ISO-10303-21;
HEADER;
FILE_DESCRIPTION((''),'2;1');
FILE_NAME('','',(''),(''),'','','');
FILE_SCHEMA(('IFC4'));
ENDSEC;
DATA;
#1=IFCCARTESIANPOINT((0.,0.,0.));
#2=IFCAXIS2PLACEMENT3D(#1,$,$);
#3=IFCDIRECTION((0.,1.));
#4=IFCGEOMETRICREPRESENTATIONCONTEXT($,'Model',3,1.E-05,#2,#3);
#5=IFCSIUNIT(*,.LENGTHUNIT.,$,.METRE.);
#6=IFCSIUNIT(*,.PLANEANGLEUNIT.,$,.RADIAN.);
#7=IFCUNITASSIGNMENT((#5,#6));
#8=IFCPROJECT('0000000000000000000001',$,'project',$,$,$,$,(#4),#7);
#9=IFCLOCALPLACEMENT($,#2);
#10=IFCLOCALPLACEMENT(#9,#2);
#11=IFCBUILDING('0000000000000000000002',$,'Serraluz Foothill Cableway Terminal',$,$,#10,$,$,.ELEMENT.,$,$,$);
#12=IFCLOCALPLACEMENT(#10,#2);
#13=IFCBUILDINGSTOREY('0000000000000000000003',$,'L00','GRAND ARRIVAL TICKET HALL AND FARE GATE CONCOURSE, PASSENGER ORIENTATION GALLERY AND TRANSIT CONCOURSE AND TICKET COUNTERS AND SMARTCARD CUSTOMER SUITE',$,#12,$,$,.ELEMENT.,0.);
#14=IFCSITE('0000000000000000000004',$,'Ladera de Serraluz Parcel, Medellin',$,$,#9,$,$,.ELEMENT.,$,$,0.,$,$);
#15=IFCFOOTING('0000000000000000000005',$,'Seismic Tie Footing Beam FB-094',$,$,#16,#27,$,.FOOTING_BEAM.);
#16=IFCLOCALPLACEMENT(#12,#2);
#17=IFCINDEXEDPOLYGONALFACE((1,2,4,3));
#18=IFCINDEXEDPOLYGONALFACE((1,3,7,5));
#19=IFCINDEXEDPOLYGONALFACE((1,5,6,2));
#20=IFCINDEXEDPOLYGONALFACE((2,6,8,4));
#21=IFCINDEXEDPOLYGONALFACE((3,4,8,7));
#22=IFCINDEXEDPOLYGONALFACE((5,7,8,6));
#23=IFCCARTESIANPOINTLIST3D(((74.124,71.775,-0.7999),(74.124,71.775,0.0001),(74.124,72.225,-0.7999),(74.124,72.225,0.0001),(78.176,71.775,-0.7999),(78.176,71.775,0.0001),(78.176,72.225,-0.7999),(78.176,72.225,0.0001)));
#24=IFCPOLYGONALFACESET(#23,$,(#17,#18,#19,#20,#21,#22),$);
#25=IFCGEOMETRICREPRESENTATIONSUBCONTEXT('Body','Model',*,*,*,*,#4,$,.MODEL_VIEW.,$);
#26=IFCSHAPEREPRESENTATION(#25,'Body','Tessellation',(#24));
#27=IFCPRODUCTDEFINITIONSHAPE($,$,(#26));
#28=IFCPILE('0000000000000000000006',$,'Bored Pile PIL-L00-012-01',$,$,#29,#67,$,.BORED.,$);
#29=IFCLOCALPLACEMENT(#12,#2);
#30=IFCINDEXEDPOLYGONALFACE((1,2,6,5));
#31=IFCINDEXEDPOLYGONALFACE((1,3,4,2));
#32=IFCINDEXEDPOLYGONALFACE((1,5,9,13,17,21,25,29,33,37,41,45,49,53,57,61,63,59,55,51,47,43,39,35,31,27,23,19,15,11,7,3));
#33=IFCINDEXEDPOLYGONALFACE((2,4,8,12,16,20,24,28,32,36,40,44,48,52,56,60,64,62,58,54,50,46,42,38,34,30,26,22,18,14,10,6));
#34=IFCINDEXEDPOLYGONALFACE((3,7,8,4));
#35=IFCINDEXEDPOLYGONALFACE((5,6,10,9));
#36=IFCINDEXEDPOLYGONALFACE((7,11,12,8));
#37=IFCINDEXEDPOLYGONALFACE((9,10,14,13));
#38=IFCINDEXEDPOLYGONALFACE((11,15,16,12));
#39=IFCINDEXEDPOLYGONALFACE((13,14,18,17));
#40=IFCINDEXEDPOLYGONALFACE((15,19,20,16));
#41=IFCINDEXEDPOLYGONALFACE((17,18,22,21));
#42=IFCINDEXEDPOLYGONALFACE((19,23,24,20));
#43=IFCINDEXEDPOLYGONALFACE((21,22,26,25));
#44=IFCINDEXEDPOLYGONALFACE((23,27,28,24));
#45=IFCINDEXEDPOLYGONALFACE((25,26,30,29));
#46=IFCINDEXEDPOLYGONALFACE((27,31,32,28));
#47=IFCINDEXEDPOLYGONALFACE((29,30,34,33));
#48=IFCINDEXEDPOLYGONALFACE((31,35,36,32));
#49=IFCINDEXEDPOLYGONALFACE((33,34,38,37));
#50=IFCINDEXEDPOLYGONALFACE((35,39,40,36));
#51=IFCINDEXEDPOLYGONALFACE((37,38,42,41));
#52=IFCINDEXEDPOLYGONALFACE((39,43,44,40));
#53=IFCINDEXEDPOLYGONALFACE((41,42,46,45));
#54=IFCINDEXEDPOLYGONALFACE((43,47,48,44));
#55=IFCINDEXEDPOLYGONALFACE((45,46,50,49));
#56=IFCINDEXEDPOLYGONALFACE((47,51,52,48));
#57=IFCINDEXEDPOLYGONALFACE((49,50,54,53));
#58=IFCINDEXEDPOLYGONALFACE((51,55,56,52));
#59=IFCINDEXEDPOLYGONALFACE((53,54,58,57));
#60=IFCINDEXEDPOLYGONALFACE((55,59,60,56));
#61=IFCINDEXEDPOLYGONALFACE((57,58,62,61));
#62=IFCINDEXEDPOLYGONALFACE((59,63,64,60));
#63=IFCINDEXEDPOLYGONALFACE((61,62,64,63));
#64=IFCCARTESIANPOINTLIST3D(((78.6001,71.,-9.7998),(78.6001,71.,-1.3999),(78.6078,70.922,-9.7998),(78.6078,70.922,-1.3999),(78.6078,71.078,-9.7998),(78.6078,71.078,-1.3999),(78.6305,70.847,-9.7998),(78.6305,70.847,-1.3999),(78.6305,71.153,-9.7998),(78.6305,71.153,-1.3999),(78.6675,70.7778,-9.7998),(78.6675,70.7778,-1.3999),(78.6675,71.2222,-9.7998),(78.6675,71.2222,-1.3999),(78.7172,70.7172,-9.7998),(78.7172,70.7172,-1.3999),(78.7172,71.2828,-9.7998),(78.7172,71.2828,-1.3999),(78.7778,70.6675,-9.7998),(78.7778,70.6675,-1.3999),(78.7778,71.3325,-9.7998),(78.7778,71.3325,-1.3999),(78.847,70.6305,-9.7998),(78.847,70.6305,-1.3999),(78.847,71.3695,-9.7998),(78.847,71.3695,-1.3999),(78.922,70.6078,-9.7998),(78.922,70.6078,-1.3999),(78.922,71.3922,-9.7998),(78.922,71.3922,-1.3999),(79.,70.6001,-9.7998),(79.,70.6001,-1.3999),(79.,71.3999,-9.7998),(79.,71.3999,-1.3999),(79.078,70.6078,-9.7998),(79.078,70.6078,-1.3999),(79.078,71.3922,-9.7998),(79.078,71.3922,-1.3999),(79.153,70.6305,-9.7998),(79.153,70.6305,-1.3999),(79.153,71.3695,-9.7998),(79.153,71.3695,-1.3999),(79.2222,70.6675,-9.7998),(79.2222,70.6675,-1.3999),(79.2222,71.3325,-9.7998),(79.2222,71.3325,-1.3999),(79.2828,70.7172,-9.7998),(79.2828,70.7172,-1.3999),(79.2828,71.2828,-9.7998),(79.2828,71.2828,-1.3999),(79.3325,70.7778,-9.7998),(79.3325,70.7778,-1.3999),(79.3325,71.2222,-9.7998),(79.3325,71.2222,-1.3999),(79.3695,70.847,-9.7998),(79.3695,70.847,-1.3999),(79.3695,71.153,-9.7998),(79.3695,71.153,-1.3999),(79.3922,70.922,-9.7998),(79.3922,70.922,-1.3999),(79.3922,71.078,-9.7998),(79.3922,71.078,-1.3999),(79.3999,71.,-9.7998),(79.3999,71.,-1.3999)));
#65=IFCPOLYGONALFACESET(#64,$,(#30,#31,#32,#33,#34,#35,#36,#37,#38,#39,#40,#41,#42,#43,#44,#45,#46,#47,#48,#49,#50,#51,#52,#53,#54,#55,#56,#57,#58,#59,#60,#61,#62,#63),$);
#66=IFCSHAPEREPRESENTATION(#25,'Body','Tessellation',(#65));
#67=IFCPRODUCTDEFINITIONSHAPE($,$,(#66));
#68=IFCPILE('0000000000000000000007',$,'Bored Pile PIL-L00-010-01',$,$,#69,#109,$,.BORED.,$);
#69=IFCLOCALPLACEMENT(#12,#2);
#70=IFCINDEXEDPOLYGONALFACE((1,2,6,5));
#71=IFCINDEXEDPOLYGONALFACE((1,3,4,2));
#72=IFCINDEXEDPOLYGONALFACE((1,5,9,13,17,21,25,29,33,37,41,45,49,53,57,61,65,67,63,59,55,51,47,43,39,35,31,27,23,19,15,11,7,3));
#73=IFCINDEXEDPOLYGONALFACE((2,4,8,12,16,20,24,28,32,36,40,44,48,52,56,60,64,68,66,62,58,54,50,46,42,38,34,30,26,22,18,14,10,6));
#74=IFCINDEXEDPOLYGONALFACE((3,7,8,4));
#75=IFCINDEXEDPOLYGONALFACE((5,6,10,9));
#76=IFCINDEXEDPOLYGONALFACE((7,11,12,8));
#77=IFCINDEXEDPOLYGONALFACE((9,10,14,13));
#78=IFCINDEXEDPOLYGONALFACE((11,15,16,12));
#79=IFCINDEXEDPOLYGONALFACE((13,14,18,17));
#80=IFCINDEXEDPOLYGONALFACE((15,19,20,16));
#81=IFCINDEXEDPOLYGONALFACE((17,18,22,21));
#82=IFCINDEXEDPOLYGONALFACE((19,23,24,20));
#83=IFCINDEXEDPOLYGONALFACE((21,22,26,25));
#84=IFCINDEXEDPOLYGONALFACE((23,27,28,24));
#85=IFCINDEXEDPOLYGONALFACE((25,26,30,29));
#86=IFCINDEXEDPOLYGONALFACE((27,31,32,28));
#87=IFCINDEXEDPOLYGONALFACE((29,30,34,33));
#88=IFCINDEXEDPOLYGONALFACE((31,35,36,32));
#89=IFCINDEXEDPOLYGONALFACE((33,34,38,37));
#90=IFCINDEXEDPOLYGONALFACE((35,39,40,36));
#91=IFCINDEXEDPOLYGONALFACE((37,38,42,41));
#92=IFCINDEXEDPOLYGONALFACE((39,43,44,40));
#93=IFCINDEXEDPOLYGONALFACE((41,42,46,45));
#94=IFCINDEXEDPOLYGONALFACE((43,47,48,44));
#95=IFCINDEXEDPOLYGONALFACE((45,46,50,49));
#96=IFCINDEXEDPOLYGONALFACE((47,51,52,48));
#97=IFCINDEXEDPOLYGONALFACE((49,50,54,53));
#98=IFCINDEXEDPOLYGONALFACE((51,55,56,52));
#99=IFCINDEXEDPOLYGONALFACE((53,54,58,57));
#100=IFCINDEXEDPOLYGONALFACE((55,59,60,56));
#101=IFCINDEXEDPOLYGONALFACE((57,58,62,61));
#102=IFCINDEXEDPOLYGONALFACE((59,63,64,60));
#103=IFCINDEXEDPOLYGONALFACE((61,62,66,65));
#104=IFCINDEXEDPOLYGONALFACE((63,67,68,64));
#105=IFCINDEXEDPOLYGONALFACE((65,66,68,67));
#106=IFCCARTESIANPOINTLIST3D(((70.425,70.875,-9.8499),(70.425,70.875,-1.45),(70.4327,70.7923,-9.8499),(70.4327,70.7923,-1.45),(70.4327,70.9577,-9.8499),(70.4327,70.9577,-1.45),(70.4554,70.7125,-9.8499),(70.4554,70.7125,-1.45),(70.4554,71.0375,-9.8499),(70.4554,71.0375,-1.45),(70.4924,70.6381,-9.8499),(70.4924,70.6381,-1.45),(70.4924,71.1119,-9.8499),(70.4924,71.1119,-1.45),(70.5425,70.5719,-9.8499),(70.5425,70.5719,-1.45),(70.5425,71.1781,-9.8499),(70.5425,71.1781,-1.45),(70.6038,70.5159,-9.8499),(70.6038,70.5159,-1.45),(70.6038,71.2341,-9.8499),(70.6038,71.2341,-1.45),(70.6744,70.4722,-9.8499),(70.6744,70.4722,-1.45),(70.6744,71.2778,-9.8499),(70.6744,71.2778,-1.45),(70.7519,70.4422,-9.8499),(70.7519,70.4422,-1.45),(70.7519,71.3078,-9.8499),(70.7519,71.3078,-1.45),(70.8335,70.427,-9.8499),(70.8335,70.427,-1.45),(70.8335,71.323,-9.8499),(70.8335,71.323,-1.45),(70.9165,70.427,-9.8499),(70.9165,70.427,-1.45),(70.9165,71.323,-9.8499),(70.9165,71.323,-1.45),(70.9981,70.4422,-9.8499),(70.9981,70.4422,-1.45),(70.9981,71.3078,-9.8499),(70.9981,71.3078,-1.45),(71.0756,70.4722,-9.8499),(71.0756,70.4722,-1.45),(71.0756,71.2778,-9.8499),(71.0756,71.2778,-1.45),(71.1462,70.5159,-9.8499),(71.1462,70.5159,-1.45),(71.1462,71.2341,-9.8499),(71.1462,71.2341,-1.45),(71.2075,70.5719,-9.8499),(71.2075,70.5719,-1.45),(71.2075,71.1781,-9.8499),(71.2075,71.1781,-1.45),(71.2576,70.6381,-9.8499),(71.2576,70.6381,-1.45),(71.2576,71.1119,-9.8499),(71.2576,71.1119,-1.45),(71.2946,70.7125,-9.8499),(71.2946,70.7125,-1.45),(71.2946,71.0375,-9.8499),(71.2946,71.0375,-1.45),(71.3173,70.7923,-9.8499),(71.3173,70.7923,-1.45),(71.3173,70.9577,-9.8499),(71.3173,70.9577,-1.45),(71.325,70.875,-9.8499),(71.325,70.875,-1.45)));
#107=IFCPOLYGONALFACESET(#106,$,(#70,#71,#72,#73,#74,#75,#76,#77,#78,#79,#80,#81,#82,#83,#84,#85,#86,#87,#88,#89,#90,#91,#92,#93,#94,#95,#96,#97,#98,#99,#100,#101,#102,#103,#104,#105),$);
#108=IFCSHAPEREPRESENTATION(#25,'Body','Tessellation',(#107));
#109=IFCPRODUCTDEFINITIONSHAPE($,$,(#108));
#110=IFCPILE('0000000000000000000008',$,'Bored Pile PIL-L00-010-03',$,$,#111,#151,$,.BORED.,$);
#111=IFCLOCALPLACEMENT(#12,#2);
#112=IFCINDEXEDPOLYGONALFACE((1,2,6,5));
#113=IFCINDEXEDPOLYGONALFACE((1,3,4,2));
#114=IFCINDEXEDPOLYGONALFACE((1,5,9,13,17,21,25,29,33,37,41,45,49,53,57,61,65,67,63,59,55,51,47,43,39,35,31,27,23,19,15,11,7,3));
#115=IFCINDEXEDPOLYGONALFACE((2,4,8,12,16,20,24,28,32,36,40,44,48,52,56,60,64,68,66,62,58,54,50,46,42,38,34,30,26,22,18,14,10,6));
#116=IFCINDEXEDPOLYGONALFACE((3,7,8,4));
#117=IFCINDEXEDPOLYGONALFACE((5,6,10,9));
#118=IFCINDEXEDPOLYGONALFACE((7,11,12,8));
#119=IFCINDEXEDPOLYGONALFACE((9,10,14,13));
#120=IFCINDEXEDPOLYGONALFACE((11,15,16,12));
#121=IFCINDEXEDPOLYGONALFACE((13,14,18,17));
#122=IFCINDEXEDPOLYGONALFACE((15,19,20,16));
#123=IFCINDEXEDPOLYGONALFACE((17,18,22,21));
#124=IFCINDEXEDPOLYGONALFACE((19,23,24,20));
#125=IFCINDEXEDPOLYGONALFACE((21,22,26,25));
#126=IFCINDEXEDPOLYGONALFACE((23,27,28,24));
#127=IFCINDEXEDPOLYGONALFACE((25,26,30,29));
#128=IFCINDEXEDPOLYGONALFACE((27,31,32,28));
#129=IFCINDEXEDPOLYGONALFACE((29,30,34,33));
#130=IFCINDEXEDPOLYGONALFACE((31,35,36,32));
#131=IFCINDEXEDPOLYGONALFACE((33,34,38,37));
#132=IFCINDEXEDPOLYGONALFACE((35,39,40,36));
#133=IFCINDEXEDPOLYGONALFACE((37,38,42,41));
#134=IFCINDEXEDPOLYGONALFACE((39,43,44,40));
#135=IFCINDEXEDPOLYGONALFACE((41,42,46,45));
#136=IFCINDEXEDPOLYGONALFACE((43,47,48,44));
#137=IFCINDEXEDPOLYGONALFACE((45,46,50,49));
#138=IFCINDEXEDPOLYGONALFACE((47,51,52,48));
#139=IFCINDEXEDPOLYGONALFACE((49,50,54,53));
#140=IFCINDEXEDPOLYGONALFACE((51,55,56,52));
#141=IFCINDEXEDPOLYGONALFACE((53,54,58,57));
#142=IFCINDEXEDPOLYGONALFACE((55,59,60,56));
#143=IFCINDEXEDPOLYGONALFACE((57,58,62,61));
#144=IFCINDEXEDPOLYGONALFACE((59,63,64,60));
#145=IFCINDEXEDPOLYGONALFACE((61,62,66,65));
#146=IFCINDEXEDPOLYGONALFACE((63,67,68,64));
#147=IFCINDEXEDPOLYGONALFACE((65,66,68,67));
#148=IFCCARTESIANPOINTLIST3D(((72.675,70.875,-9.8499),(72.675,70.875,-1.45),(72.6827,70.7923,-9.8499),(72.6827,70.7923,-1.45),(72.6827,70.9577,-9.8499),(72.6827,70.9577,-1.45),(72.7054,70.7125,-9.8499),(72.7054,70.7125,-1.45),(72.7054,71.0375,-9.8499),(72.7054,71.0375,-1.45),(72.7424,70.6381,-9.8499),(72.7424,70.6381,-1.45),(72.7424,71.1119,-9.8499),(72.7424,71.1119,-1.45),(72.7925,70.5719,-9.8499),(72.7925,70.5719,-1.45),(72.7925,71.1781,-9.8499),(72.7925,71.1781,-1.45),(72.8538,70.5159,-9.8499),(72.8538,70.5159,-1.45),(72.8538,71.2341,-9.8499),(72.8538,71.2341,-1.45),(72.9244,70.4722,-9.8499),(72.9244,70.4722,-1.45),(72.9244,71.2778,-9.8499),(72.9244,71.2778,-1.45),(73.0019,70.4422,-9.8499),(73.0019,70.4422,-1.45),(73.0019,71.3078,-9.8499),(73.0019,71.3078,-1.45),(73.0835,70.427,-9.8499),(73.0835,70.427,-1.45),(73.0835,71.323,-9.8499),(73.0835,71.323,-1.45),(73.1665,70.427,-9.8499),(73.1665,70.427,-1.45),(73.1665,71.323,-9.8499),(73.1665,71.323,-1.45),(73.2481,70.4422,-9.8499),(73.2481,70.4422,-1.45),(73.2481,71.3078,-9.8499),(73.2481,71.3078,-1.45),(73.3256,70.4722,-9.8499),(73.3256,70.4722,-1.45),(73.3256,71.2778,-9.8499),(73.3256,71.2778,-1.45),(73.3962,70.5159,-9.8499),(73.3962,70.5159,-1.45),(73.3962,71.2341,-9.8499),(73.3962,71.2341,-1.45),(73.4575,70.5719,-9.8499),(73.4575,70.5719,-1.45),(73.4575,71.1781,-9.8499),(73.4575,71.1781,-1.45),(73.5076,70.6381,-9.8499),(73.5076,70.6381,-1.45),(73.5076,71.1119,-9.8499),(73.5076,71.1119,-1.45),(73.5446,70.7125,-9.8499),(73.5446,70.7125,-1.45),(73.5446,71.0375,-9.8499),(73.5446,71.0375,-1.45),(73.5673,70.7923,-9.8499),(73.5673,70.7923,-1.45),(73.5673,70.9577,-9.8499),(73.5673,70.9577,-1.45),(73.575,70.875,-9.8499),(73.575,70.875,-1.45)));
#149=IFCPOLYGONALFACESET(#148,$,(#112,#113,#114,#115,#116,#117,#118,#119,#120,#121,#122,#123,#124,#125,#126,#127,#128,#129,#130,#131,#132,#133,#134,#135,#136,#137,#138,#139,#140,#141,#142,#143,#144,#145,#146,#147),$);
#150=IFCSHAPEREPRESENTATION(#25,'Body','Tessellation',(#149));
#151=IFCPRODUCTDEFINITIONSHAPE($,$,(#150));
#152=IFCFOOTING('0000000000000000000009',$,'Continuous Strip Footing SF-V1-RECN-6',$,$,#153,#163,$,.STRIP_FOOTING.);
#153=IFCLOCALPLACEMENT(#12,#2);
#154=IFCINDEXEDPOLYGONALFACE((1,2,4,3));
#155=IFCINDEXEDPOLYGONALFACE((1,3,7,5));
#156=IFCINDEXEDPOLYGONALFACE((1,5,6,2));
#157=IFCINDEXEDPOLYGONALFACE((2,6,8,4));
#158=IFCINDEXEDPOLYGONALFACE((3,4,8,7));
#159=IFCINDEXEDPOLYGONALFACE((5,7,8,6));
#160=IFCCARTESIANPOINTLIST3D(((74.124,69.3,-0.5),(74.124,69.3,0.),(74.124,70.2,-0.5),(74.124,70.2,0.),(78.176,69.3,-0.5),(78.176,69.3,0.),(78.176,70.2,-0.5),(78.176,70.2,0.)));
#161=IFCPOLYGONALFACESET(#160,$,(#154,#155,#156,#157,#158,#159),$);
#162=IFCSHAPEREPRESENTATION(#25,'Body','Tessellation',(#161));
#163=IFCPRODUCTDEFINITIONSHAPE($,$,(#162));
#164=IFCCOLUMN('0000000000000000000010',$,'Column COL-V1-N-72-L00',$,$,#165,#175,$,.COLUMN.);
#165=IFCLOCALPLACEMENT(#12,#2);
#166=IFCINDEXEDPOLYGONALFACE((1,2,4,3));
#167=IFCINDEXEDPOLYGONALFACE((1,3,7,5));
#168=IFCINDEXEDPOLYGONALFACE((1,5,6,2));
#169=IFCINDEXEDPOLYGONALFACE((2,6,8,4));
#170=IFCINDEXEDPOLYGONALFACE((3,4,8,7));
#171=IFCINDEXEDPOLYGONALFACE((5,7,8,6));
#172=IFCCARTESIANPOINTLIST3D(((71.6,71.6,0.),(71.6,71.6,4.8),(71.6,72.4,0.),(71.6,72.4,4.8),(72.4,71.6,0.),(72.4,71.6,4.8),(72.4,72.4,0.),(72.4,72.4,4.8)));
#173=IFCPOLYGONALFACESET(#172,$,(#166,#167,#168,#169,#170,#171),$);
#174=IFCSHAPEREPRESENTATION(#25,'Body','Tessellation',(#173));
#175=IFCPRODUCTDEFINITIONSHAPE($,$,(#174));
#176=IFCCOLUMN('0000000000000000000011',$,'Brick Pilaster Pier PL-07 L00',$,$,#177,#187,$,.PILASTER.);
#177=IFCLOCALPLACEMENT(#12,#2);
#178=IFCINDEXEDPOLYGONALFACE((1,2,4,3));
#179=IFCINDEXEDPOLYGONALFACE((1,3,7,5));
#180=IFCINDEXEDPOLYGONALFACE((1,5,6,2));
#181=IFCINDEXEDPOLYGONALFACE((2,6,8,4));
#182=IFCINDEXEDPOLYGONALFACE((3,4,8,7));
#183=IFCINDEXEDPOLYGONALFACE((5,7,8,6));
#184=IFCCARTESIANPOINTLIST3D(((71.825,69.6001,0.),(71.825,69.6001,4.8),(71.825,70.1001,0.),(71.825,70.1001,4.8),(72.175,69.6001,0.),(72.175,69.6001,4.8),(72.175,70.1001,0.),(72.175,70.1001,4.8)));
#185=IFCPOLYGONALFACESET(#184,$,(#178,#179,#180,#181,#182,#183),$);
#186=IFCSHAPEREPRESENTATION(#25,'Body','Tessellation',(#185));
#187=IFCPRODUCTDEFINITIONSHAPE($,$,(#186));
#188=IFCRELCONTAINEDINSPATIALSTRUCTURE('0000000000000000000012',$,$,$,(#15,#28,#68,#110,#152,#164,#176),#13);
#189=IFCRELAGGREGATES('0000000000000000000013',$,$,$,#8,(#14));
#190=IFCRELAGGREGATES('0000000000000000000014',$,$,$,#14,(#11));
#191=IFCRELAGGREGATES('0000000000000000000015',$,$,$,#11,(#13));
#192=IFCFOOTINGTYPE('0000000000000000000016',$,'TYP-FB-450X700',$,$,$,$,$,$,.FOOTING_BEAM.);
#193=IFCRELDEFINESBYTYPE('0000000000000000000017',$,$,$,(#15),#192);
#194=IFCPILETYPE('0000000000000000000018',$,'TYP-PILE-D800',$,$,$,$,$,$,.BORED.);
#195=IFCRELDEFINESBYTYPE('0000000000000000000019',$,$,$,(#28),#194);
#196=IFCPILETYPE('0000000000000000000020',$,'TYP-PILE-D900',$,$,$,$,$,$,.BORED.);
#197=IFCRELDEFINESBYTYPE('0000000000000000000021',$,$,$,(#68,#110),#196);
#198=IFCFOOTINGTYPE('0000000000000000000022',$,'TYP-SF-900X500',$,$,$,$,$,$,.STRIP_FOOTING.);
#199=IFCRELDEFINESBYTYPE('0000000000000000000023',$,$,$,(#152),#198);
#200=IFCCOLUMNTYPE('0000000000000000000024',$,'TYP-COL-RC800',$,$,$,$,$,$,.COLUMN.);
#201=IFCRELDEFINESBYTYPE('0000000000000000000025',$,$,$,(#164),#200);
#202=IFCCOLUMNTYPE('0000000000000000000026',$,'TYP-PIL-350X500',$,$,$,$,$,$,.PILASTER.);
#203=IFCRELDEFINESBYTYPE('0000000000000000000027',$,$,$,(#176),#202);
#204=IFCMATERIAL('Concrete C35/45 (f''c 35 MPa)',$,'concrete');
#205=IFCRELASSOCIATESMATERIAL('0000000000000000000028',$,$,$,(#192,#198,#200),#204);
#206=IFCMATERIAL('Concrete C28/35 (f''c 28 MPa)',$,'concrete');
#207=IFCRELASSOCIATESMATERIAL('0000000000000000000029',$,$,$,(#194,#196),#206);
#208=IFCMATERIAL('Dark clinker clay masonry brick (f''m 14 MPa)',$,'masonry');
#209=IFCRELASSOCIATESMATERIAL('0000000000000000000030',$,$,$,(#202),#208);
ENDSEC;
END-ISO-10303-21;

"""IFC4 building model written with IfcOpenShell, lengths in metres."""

from ifc_helpers import new_model, si_unit, direction, frame, origin, origin_2d, place, context, subcontext, project, spatial, rectangle, circle, extrude, material, material_profile, profile_set, type_object, element, save


model = new_model("IFC4")

# Units and contexts
model_context = context("Model", 3, precision=1e-05, world=origin(), true_north=direction((0.0, 1.0)))
body_context = subcontext(model_context, "Body", "Model", "MODEL_VIEW")
ifc_project = project(units=[si_unit("LENGTHUNIT", "METRE"), si_unit("PLANEANGLEUNIT", "RADIAN")], contexts=[model_context])

# Site, building, storey
site_placement = place(None, origin())
site = spatial("IfcSite", under=ifc_project, at=site_placement, Name="Ladera de Serraluz Parcel, Medellin", CompositionType="ELEMENT", RefElevation=0.0)
building_placement = place(site_placement, origin())
building = spatial("IfcBuilding", under=site, at=building_placement, Name="Serraluz Foothill Cableway Terminal", CompositionType="ELEMENT")
storey_placement = place(building_placement, origin())
storey = spatial("IfcBuildingStorey", under=building, at=storey_placement, Name="L00", Description="GRAND ARRIVAL TICKET HALL AND FARE GATE CONCOURSE, PASSENGER ORIENTATION GALLERY AND TRANSIT CONCOURSE AND TICKET COUNTERS AND SMARTCARD CUSTOMER SUITE", CompositionType="ELEMENT", Elevation=0.0)

# Footing
ifc_material_1 = material(Name="Concrete C35/45 (f'c 35 MPa)", Category="concrete")
ifc_material_profile_1 = material_profile(ifc_material_1, rectangle(XDim=0.45, YDim=0.8, at=origin_2d()), Name="RC 450x800")
ifc_profile_set_1 = profile_set([ifc_material_profile_1], Name="Concrete C35/45 (f'c 35 MPa)")
footing_type_1 = type_object("IfcFootingType", Name="TYP-FB-450X700", PredefinedType="FOOTING_BEAM", material=ifc_profile_set_1)
footing_1_placement = place(storey_placement, frame((74.124, 72.0, -0.3999), z_axis=(1.0, 0.0, 0.0), x_axis=(0.0, 1.0, 0.0)))
element("IfcFooting", 1, at=footing_1_placement, inside=storey, type_object=footing_type_1, Name="Seismic Tie Footing Beam FB-094", PredefinedType="FOOTING_BEAM", context=body_context, shape_type="SweptSolid", body=[
    extrude(rectangle(XDim=0.45, YDim=0.8, at=origin_2d()), origin(), (0.0, 0.0, 1.0), 4.052),
])

# Piles
ifc_material_2 = material(Name="Concrete C28/35 (f'c 28 MPa)", Category="concrete")
ifc_material_profile_2 = material_profile(ifc_material_2, circle(Radius=0.3999, at=origin_2d()), Name="BORED PILE D800")
ifc_profile_set_2 = profile_set([ifc_material_profile_2], Name="Concrete C28/35 (f'c 28 MPa)")
pile_type_1 = type_object("IfcPileType", Name="TYP-PILE-D800", PredefinedType="BORED", material=ifc_profile_set_2)
pile_placement = place(storey_placement, frame((79.0, 71.0, -1.3999), z_axis=(0.0, 0.0, -1.0), x_axis=(1.0, 0.0, 0.0)))
element("IfcPile", 2, at=pile_placement, inside=storey, type_object=pile_type_1, Name="Bored Pile PIL-L00-012-01", PredefinedType="BORED", context=body_context, shape_type="SweptSolid", body=[
    extrude(circle(Radius=0.3999, at=origin_2d()), origin(), (0.0, 0.0, 1.0), 8.3999),
])
ifc_material_profile_3 = material_profile(ifc_material_2, circle(Radius=0.45, at=origin_2d()), Name="BORED PILE D900")
ifc_profile_set_3 = profile_set([ifc_material_profile_3], Name="Concrete C28/35 (f'c 28 MPa)")
pile_type_2 = type_object("IfcPileType", Name="TYP-PILE-D900", PredefinedType="BORED", material=ifc_profile_set_3)
for number, where, z_axis, x_axis, name in (
    (3, (70.875, 70.875, -1.45), (0.0, 0.0, -1.0), (1.0, 0.0, 0.0), "Bored Pile PIL-L00-010-01"),
    (4, (73.125, 70.875, -1.45), (0.0, 0.0, -1.0), (1.0, 0.0, 0.0), "Bored Pile PIL-L00-010-03"),
):
    element("IfcPile", number, at=place(storey_placement, frame(where, z_axis=z_axis, x_axis=x_axis)), inside=storey, type_object=pile_type_2, Name=name, PredefinedType="BORED", context=body_context, shape_type="SweptSolid", body=[
        extrude(circle(Radius=0.45, at=origin_2d()), origin(), (0.0, 0.0, 1.0), 8.3999),
    ])

# Footing
ifc_material_profile_4 = material_profile(ifc_material_1, rectangle(XDim=0.8999, YDim=0.5, at=origin_2d()), Name="SF 900x500")
ifc_profile_set_4 = profile_set([ifc_material_profile_4], Name="Concrete C35/45 (f'c 35 MPa)")
footing_type_2 = type_object("IfcFootingType", Name="TYP-SF-900X500", PredefinedType="STRIP_FOOTING", material=ifc_profile_set_4)
footing_2_placement = place(storey_placement, frame((74.124, 69.75, -0.25), z_axis=(1.0, 0.0, 0.0), x_axis=(0.0, 1.0, 0.0)))
element("IfcFooting", 5, at=footing_2_placement, inside=storey, type_object=footing_type_2, Name="Continuous Strip Footing SF-V1-RECN-6", PredefinedType="STRIP_FOOTING", context=body_context, shape_type="SweptSolid", body=[
    extrude(rectangle(XDim=0.8999, YDim=0.5, at=origin_2d()), origin(), (0.0, 0.0, 1.0), 4.052),
])

# Columns
ifc_material_profile_5 = material_profile(ifc_material_1, rectangle(XDim=0.8, YDim=0.8, at=origin_2d()), Name="RC 800x800")
ifc_profile_set_5 = profile_set([ifc_material_profile_5], Name="Concrete C35/45 (f'c 35 MPa)")
column_type_1 = type_object("IfcColumnType", Name="TYP-COL-RC800", PredefinedType="COLUMN", material=ifc_profile_set_5)
column_1_placement = place(storey_placement, frame((72.0, 72.0, 0.0), z_axis=(0.0, 0.0, 1.0), x_axis=(1.0, 0.0, 0.0)))
element("IfcColumn", 6, at=column_1_placement, inside=storey, type_object=column_type_1, Name="Column COL-V1-N-72-L00", PredefinedType="COLUMN", context=body_context, shape_type="SweptSolid", body=[
    extrude(rectangle(XDim=0.8, YDim=0.8, at=origin_2d()), origin(), (0.0, 0.0, 1.0), 4.8),
])
ifc_material_3 = material(Name="Dark clinker clay masonry brick (f'm 14 MPa)", Category="masonry")
ifc_material_profile_6 = material_profile(ifc_material_3, rectangle(XDim=0.3501, YDim=0.5, at=origin_2d()), Name="PIL 350x500")
ifc_profile_set_6 = profile_set([ifc_material_profile_6], Name="Dark clinker clay masonry brick (f'm 14 MPa)")
column_type_2 = type_object("IfcColumnType", Name="TYP-PIL-350X500", PredefinedType="PILASTER", material=ifc_profile_set_6)
column_2_placement = place(storey_placement, frame((72.0, 69.8501, 0.0), z_axis=(0.0, 0.0, 1.0), x_axis=(1.0, 0.0, 0.0)))
element("IfcColumn", 7, at=column_2_placement, inside=storey, type_object=column_type_2, Name="Brick Pilaster Pier PL-07 L00", PredefinedType="PILASTER", context=body_context, shape_type="SweptSolid", body=[
    extrude(rectangle(XDim=0.3501, YDim=0.5, at=origin_2d()), origin(), (0.0, 0.0, 1.0), 4.8),
])

save(model, "model.ifc")
